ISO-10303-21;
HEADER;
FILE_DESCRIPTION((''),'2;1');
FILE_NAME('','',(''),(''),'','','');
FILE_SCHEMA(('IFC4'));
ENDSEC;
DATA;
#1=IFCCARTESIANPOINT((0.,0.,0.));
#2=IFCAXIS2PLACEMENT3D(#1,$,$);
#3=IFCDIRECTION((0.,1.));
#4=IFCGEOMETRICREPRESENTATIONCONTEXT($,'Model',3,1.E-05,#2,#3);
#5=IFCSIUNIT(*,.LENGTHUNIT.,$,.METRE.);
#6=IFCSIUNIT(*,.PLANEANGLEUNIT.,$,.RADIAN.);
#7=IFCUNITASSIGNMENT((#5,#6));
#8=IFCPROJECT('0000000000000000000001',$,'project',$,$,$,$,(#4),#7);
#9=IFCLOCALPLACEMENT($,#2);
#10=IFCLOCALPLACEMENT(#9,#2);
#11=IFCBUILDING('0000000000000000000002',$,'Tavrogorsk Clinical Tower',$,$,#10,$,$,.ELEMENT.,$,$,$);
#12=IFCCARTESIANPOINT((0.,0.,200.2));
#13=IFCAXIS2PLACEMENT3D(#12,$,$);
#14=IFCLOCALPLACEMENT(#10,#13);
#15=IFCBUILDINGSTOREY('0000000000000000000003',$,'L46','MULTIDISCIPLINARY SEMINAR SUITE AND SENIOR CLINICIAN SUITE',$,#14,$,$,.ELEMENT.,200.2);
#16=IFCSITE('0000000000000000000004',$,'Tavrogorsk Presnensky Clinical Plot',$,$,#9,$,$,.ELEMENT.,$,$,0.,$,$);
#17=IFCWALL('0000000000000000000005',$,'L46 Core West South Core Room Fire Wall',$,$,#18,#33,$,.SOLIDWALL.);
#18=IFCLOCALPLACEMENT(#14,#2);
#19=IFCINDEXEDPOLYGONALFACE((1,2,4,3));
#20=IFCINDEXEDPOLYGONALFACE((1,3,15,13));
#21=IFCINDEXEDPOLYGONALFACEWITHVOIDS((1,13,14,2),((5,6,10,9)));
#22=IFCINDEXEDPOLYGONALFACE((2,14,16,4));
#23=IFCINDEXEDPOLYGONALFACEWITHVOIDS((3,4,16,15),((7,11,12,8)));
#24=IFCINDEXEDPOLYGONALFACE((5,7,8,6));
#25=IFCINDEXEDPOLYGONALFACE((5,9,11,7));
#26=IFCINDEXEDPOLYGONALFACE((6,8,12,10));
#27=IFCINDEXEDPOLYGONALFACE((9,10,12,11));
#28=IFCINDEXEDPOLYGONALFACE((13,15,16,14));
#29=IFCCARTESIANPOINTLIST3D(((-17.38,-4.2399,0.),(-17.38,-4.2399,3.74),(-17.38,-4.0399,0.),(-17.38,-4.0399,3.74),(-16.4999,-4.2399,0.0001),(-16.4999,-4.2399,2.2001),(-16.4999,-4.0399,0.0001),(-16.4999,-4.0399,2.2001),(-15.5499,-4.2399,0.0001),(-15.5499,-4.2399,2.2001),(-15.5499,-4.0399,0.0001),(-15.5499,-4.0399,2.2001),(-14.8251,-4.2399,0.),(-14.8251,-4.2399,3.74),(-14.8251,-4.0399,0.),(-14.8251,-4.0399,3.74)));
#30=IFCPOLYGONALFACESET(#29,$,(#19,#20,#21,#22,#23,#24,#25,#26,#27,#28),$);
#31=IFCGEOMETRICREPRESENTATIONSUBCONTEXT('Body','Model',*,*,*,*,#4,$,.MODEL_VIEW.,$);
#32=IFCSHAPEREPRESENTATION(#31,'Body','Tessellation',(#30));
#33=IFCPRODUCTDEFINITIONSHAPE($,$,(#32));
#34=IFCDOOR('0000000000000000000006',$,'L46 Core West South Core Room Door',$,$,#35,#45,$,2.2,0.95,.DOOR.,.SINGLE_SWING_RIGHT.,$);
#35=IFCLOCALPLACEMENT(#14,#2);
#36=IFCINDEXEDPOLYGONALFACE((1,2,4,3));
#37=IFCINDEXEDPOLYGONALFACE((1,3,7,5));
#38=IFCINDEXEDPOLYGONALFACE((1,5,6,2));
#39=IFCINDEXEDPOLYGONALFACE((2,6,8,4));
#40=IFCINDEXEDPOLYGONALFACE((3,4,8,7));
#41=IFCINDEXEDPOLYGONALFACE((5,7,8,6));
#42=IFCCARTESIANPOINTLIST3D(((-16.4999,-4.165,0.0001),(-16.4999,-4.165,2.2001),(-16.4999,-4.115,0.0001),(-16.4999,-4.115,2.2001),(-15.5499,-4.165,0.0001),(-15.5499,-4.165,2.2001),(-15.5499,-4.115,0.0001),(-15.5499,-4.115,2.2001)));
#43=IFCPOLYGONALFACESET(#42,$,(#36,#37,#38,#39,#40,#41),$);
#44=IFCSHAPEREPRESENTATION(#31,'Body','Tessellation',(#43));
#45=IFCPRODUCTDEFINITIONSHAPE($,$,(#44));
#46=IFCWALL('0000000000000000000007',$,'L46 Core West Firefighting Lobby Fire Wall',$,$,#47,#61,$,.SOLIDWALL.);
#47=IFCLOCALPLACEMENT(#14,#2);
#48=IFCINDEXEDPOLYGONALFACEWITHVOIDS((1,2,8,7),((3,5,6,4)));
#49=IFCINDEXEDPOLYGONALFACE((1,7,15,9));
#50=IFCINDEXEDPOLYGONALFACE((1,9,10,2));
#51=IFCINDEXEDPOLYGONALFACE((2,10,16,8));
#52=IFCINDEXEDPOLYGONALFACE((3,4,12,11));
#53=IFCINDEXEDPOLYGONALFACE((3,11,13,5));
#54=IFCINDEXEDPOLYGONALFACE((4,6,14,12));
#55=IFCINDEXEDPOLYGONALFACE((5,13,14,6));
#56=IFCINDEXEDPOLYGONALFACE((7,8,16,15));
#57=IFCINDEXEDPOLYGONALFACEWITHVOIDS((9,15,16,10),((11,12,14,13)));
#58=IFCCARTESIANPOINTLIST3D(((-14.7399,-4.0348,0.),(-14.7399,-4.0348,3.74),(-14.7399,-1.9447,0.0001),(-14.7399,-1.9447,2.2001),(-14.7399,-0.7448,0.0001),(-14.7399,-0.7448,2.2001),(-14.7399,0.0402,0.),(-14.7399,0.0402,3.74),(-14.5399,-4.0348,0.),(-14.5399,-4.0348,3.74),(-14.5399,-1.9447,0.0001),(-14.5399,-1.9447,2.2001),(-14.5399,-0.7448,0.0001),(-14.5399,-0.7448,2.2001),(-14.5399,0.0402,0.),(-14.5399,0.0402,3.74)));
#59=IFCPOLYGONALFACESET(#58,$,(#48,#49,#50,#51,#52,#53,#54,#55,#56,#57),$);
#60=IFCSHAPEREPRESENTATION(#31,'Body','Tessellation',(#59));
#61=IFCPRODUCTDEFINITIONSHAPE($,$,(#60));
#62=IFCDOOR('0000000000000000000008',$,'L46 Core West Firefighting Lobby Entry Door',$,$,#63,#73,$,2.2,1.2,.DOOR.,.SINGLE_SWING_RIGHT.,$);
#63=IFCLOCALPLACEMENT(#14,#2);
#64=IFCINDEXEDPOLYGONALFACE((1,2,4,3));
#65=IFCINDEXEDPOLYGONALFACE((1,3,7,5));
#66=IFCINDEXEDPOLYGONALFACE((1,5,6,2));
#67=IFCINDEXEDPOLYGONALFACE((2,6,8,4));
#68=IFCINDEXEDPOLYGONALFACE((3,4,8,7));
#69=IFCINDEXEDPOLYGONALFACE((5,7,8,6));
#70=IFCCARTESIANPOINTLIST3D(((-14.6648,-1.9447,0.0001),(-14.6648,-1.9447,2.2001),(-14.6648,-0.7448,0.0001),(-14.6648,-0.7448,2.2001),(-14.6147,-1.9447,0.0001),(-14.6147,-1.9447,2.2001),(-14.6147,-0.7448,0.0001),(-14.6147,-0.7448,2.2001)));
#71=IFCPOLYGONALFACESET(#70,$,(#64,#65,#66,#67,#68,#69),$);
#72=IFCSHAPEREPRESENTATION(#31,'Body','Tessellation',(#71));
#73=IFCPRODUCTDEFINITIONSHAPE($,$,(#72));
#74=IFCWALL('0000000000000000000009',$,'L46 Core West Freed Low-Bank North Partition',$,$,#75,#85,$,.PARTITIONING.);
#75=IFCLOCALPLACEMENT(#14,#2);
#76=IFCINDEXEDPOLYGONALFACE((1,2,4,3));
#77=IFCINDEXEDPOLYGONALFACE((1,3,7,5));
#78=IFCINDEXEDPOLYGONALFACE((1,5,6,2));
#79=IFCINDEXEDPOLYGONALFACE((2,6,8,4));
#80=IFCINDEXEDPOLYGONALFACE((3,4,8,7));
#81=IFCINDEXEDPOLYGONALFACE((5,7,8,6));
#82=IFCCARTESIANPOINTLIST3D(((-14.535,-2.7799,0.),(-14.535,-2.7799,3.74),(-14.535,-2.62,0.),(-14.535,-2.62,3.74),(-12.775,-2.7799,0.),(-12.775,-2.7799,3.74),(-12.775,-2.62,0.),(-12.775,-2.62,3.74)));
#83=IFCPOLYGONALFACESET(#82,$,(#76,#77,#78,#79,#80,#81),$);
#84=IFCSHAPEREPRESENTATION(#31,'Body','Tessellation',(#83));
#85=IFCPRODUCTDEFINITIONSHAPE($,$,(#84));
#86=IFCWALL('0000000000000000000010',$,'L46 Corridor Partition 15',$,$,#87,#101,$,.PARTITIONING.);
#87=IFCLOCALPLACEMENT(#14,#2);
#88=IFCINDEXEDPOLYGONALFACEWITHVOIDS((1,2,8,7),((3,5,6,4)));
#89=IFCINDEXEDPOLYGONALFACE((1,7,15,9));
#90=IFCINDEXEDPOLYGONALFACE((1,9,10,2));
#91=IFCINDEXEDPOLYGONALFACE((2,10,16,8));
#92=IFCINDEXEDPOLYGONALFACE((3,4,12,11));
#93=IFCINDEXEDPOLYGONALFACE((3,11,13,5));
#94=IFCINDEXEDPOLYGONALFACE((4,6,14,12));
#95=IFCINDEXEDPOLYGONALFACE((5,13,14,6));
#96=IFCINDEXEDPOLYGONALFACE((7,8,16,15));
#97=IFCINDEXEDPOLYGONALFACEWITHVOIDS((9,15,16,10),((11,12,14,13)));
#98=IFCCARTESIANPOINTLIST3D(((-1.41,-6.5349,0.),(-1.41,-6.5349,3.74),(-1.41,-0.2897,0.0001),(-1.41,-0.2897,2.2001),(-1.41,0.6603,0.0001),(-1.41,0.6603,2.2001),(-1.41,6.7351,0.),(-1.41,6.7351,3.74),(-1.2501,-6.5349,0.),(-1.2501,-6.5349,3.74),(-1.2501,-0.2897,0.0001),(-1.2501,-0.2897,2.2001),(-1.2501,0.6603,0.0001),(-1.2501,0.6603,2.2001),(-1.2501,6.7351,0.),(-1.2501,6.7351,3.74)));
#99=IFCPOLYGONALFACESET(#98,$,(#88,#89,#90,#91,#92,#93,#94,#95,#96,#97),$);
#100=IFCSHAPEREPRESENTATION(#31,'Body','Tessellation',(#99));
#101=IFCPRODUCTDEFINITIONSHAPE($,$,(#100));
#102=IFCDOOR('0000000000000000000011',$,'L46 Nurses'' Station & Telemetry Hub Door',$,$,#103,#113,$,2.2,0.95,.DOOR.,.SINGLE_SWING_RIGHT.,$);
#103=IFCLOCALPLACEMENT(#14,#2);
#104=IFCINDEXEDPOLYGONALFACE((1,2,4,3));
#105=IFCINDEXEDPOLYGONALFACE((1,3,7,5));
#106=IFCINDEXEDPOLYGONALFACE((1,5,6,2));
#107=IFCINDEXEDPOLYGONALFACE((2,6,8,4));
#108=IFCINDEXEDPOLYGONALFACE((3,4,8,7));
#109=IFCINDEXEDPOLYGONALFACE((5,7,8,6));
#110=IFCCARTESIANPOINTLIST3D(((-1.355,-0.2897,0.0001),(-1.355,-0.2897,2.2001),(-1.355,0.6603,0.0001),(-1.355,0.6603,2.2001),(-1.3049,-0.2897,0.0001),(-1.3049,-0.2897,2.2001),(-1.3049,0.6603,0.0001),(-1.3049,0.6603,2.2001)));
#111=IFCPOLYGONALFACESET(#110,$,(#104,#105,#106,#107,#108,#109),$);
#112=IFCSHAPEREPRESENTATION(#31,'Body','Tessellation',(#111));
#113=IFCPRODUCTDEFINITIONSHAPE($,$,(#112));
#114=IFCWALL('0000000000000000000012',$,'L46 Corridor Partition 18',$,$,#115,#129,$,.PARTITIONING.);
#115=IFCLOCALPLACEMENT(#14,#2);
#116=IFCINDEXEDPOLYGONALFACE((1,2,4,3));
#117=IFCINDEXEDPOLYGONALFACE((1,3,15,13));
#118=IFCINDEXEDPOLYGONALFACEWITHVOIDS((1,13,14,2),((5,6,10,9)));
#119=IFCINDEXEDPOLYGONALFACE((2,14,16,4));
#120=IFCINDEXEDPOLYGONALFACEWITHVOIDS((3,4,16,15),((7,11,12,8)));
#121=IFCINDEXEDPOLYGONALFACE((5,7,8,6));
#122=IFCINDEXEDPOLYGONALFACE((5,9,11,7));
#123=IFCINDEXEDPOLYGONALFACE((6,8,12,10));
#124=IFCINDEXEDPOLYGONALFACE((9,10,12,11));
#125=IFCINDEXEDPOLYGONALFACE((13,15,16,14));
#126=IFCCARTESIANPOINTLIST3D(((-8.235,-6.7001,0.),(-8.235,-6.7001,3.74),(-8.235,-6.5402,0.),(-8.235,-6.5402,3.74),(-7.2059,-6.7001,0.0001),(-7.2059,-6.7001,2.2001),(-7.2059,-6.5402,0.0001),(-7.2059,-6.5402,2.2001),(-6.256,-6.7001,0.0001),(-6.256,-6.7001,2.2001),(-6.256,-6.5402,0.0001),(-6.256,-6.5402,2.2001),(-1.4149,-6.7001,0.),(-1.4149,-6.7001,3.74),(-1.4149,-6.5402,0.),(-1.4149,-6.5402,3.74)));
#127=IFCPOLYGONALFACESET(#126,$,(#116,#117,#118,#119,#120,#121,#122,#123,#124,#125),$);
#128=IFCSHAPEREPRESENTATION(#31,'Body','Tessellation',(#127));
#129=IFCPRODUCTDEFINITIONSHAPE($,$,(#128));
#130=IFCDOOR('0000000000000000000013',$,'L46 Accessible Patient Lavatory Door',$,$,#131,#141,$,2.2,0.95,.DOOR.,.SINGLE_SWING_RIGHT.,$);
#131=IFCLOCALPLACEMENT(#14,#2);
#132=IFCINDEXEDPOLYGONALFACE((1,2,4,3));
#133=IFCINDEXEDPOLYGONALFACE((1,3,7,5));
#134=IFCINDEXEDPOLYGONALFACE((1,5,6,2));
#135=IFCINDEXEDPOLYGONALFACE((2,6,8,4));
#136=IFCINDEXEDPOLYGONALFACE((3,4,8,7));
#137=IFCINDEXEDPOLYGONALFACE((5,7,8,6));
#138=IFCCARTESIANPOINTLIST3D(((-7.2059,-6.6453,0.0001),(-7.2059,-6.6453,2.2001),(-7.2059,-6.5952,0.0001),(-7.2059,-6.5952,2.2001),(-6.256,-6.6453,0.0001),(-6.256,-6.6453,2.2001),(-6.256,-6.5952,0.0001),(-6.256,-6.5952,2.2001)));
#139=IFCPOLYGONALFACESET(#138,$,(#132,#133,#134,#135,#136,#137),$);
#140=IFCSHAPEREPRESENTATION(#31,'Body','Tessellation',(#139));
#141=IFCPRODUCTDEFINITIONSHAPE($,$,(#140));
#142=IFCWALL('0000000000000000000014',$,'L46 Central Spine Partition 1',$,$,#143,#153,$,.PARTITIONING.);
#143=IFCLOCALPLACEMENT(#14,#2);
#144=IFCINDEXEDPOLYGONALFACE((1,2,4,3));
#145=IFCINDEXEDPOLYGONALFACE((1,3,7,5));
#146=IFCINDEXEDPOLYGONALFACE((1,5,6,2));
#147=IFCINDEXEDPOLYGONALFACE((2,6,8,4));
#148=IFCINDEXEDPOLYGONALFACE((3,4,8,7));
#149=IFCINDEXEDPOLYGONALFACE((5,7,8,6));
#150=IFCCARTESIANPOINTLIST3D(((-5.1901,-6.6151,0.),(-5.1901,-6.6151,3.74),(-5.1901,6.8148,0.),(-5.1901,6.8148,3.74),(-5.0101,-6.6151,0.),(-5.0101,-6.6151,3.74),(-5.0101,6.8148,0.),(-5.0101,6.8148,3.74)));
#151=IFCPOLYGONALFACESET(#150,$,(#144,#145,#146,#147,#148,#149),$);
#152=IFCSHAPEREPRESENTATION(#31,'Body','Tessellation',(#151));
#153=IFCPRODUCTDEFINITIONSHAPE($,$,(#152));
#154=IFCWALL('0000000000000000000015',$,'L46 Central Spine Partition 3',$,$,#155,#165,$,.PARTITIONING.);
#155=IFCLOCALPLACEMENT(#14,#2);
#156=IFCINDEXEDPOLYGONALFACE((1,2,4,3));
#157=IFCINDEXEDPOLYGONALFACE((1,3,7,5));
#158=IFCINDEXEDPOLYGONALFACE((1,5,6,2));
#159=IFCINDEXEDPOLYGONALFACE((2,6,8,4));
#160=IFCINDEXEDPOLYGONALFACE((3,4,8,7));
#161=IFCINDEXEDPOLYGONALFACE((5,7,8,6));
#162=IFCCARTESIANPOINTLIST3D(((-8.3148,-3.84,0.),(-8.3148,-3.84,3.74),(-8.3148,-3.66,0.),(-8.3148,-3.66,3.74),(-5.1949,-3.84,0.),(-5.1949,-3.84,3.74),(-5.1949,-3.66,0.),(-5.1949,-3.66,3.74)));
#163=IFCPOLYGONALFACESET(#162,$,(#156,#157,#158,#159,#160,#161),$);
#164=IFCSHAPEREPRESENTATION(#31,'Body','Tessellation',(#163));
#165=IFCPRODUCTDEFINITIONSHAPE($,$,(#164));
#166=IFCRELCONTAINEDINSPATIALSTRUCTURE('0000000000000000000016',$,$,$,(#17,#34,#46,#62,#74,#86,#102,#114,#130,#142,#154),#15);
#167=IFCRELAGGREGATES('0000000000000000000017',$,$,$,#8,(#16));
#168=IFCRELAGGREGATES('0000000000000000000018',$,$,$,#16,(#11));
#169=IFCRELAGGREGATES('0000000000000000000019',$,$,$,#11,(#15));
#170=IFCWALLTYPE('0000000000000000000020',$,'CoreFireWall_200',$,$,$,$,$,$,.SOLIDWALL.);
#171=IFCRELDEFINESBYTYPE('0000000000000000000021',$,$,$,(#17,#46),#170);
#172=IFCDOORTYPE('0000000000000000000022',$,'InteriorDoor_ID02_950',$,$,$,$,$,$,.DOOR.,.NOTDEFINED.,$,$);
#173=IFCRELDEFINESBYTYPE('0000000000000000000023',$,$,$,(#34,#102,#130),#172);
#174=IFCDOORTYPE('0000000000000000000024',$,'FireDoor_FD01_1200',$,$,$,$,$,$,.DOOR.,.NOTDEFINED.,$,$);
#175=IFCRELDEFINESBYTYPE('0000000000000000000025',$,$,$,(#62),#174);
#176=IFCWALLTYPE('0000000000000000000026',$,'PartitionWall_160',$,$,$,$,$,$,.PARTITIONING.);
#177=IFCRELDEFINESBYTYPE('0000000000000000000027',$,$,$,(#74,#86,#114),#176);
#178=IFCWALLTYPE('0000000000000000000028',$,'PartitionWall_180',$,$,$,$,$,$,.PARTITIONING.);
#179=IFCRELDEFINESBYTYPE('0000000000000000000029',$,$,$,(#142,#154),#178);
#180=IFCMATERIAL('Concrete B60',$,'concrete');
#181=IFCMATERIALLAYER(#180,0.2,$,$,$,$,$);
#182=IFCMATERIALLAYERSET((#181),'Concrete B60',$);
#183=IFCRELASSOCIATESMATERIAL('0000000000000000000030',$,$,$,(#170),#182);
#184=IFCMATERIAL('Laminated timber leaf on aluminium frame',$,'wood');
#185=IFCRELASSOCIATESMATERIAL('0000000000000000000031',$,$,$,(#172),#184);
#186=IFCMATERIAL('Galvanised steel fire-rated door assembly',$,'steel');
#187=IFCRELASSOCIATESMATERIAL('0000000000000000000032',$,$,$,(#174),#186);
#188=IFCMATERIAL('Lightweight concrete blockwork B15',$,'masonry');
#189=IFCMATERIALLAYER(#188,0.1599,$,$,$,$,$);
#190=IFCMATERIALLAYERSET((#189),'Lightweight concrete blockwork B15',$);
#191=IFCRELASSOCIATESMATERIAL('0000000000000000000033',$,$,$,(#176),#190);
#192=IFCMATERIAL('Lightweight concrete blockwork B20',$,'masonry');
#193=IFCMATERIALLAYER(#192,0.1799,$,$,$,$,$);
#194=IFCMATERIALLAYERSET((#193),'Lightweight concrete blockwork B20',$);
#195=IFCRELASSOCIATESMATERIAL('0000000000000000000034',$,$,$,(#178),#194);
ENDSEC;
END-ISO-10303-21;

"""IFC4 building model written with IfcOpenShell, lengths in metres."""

from ifc_helpers import new_model, si_unit, direction, frame, frame_2d, origin, place, context, subcontext, project, spatial, rectangle, extrude, material, layer, layer_set, type_object, element, fill, save


model = new_model("IFC4")

# Units and contexts
model_context = context("Model", 3, precision=1e-05, world=origin(), true_north=direction((0.0, 1.0)))
body_context = subcontext(model_context, "Body", "Model", "MODEL_VIEW")
ifc_project = project(units=[si_unit("LENGTHUNIT", "METRE"), si_unit("PLANEANGLEUNIT", "RADIAN")], contexts=[model_context])

# Site, building, storey
site_placement = place(None, origin())
site = spatial("IfcSite", under=ifc_project, at=site_placement, Name="Tavrogorsk Presnensky Clinical Plot", CompositionType="ELEMENT", RefElevation=0.0)
building_placement = place(site_placement, origin())
building = spatial("IfcBuilding", under=site, at=building_placement, Name="Tavrogorsk Clinical Tower", CompositionType="ELEMENT")
storey_placement = place(building_placement, frame((0.0, 0.0, 200.2)))
storey = spatial("IfcBuildingStorey", under=building, at=storey_placement, Name="L46", Description="MULTIDISCIPLINARY SEMINAR SUITE AND SENIOR CLINICIAN SUITE", CompositionType="ELEMENT", Elevation=200.2)

# Walls, openings, doors
ifc_material_1 = material(Name="Concrete B60", Category="concrete")
ifc_layer_1 = layer(ifc_material_1, 0.2)
ifc_layer_set_1 = layer_set([ifc_layer_1], Name="Concrete B60")
wall_type_1 = type_object("IfcWallType", Name="CoreFireWall_200", PredefinedType="SOLIDWALL", material=ifc_layer_set_1)
wall_1_placement = place(storey_placement, frame((-17.3799, -4.1399, 0.0), z_axis=(0.0, 0.0, 1.0), x_axis=(1.0, 0.0, 0.0)))
wall_1 = element("IfcWall", 1, at=wall_1_placement, inside=storey, type_object=wall_type_1, Name="L46 Core West South Core Room Fire Wall", PredefinedType="SOLIDWALL", context=body_context, shape_type="SweptSolid", body=[
    extrude(rectangle(XDim=2.5549, YDim=0.2, at=frame_2d((1.2773, 0.0))), origin(), (0.0, 0.0, 1.0), 3.74),
])
opening_1_placement = place(wall_1_placement, frame((0.8799, 0.0, 0.0)))
opening_1 = element("IfcOpeningElement", 2, at=opening_1_placement, cuts=wall_1, PredefinedType="OPENING", context=body_context, shape_type="SweptSolid", body=[
    extrude(rectangle(XDim=0.95, YDim=2.2, at=frame_2d((0.4751, 1.1001))), frame((0.0, 0.1099, 0.0), z_axis=(0.0, -1.0, 0.0), x_axis=(1.0, 0.0, 0.0)), (0.0, 0.0, 1.0), 0.22),
])
ifc_material_2 = material(Name="Laminated timber leaf on aluminium frame", Category="wood")
door_type_1 = type_object("IfcDoorType", Name="InteriorDoor_ID02_950", OperationType="NOTDEFINED", PredefinedType="DOOR", material=ifc_material_2)
door_1_placement = place(opening_1_placement, origin())
door_1 = element("IfcDoor", 3, at=door_1_placement, inside=storey, type_object=door_type_1, Name="L46 Core West South Core Room Door", OperationType="SINGLE_SWING_RIGHT", OverallHeight=2.2, OverallWidth=0.95, PredefinedType="DOOR", context=body_context, shape_type="SweptSolid", body=[
    extrude(rectangle(XDim=0.95, YDim=2.2, at=frame_2d((0.4751, 1.1001))), frame((0.0, 0.0249, 0.0), z_axis=(0.0, -1.0, 0.0), x_axis=(1.0, 0.0, 0.0)), (0.0, 0.0, 1.0), 0.05),
])
fill(opening_1, door_1)
wall_2_placement = place(storey_placement, frame((-14.6399, -4.0349, 0.0), z_axis=(0.0, 0.0, 1.0), x_axis=(0.0, 1.0, 0.0)))
wall_2 = element("IfcWall", 4, at=wall_2_placement, inside=storey, type_object=wall_type_1, Name="L46 Core West Firefighting Lobby Fire Wall", PredefinedType="SOLIDWALL", context=body_context, shape_type="SweptSolid", body=[
    extrude(rectangle(XDim=4.075, YDim=0.2, at=frame_2d((2.0376, 0.0))), origin(), (0.0, 0.0, 1.0), 3.74),
])
opening_2_placement = place(wall_2_placement, frame((2.0901, 0.0, 0.0)))
opening_2 = element("IfcOpeningElement", 5, at=opening_2_placement, cuts=wall_2, PredefinedType="OPENING", context=body_context, shape_type="SweptSolid", body=[
    extrude(rectangle(XDim=1.2, YDim=2.2, at=frame_2d((0.6001, 1.1001))), frame((0.0, 0.1099, 0.0), z_axis=(0.0, -1.0, 0.0), x_axis=(1.0, 0.0, 0.0)), (0.0, 0.0, 1.0), 0.22),
])
ifc_material_3 = material(Name="Galvanised steel fire-rated door assembly", Category="steel")
door_type_2 = type_object("IfcDoorType", Name="FireDoor_FD01_1200", OperationType="NOTDEFINED", PredefinedType="DOOR", material=ifc_material_3)
door_2_placement = place(opening_2_placement, origin())
door_2 = element("IfcDoor", 6, at=door_2_placement, inside=storey, type_object=door_type_2, Name="L46 Core West Firefighting Lobby Entry Door", OperationType="SINGLE_SWING_RIGHT", OverallHeight=2.2, OverallWidth=1.2, PredefinedType="DOOR", context=body_context, shape_type="SweptSolid", body=[
    extrude(rectangle(XDim=1.2, YDim=2.2, at=frame_2d((0.6001, 1.1001))), frame((0.0, 0.0249, 0.0), z_axis=(0.0, -1.0, 0.0), x_axis=(1.0, 0.0, 0.0)), (0.0, 0.0, 1.0), 0.05),
])
fill(opening_2, door_2)

# Wall
ifc_material_4 = material(Name="Lightweight concrete blockwork B15", Category="masonry")
ifc_layer_2 = layer(ifc_material_4, 0.1599)
ifc_layer_set_2 = layer_set([ifc_layer_2], Name="Lightweight concrete blockwork B15")
wall_type_2 = type_object("IfcWallType", Name="PartitionWall_160", PredefinedType="PARTITIONING", material=ifc_layer_set_2)
wall_3_placement = place(storey_placement, frame((-14.5349, -2.7, 0.0), z_axis=(0.0, 0.0, 1.0), x_axis=(1.0, 0.0, 0.0)))
element("IfcWall", 7, at=wall_3_placement, inside=storey, type_object=wall_type_2, Name="L46 Core West Freed Low-Bank North Partition", PredefinedType="PARTITIONING", context=body_context, shape_type="SweptSolid", body=[
    extrude(rectangle(XDim=1.76, YDim=0.1599, at=frame_2d((0.8799, 0.0))), origin(), (0.0, 0.0, 1.0), 3.74),
])

# Walls, openings, doors
wall_4_placement = place(storey_placement, frame((-1.3301, -6.5349, 0.0), z_axis=(0.0, 0.0, 1.0), x_axis=(0.0, 1.0, 0.0)))
wall_4 = element("IfcWall", 8, at=wall_4_placement, inside=storey, type_object=wall_type_2, Name="L46 Corridor Partition 15", PredefinedType="PARTITIONING", context=body_context, shape_type="SweptSolid", body=[
    extrude(rectangle(XDim=13.27, YDim=0.1599, at=frame_2d((6.635, 0.0))), origin(), (0.0, 0.0, 1.0), 3.74),
])
opening_3_placement = place(wall_4_placement, frame((6.2451, 0.0, 0.0)))
opening_3 = element("IfcOpeningElement", 9, at=opening_3_placement, cuts=wall_4, PredefinedType="OPENING", context=body_context, shape_type="SweptSolid", body=[
    extrude(rectangle(XDim=0.95, YDim=2.2, at=frame_2d((0.4751, 1.1001))), frame((0.0, 0.0898, 0.0), z_axis=(0.0, -1.0, 0.0), x_axis=(1.0, 0.0, 0.0)), (0.0, 0.0, 1.0), 0.1799),
])
door_3_placement = place(opening_3_placement, origin())
door_3 = element("IfcDoor", 10, at=door_3_placement, inside=storey, type_object=door_type_1, Name="L46 Nurses' Station & Telemetry Hub Door", OperationType="SINGLE_SWING_RIGHT", OverallHeight=2.2, OverallWidth=0.95, PredefinedType="DOOR", context=body_context, shape_type="SweptSolid", body=[
    extrude(rectangle(XDim=0.95, YDim=2.2, at=frame_2d((0.4751, 1.1001))), frame((0.0, 0.0249, 0.0), z_axis=(0.0, -1.0, 0.0), x_axis=(1.0, 0.0, 0.0)), (0.0, 0.0, 1.0), 0.05),
])
fill(opening_3, door_3)
wall_5_placement = place(storey_placement, frame((-8.2351, -6.6201, 0.0), z_axis=(0.0, 0.0, 1.0), x_axis=(1.0, 0.0, 0.0)))
wall_5 = element("IfcWall", 11, at=wall_5_placement, inside=storey, type_object=wall_type_2, Name="L46 Corridor Partition 18", PredefinedType="PARTITIONING", context=body_context, shape_type="SweptSolid", body=[
    extrude(rectangle(XDim=6.8201, YDim=0.1599, at=frame_2d((3.4102, 0.0))), origin(), (0.0, 0.0, 1.0), 3.74),
])
opening_4_placement = place(wall_5_placement, frame((1.0291, 0.0, 0.0)))
opening_4 = element("IfcOpeningElement", 12, at=opening_4_placement, cuts=wall_5, PredefinedType="OPENING", context=body_context, shape_type="SweptSolid", body=[
    extrude(rectangle(XDim=0.95, YDim=2.2, at=frame_2d((0.4751, 1.1001))), frame((0.0, 0.0898, 0.0), z_axis=(0.0, -1.0, 0.0), x_axis=(1.0, 0.0, 0.0)), (0.0, 0.0, 1.0), 0.1799),
])
door_4_placement = place(opening_4_placement, origin())
door_4 = element("IfcDoor", 13, at=door_4_placement, inside=storey, type_object=door_type_1, Name="L46 Accessible Patient Lavatory Door", OperationType="SINGLE_SWING_RIGHT", OverallHeight=2.2, OverallWidth=0.95, PredefinedType="DOOR", context=body_context, shape_type="SweptSolid", body=[
    extrude(rectangle(XDim=0.95, YDim=2.2, at=frame_2d((0.4751, 1.1001))), frame((0.0, 0.0249, 0.0), z_axis=(0.0, -1.0, 0.0), x_axis=(1.0, 0.0, 0.0)), (0.0, 0.0, 1.0), 0.05),
])
fill(opening_4, door_4)

# Walls
ifc_material_5 = material(Name="Lightweight concrete blockwork B20", Category="masonry")
ifc_layer_3 = layer(ifc_material_5, 0.1799)
ifc_layer_set_3 = layer_set([ifc_layer_3], Name="Lightweight concrete blockwork B20")
wall_type_3 = type_object("IfcWallType", Name="PartitionWall_180", PredefinedType="PARTITIONING", material=ifc_layer_set_3)
wall_6_placement = place(storey_placement, frame((-5.1001, -6.615, 0.0), z_axis=(0.0, 0.0, 1.0), x_axis=(0.0, 1.0, 0.0)))
element("IfcWall", 14, at=wall_6_placement, inside=storey, type_object=wall_type_3, Name="L46 Central Spine Partition 1", PredefinedType="PARTITIONING", context=body_context, shape_type="SweptSolid", body=[
    extrude(rectangle(XDim=13.4299, YDim=0.1799, at=frame_2d((6.7148, 0.0))), origin(), (0.0, 0.0, 1.0), 3.74),
])
wall_7_placement = place(storey_placement, frame((-8.3149, -3.75, 0.0), z_axis=(0.0, 0.0, 1.0), x_axis=(1.0, 0.0, 0.0)))
element("IfcWall", 15, at=wall_7_placement, inside=storey, type_object=wall_type_3, Name="L46 Central Spine Partition 3", PredefinedType="PARTITIONING", context=body_context, shape_type="SweptSolid", body=[
    extrude(rectangle(XDim=3.1199, YDim=0.1799, at=frame_2d((1.5601, 0.0))), origin(), (0.0, 0.0, 1.0), 3.74),
])

save(model, "model.ifc")
